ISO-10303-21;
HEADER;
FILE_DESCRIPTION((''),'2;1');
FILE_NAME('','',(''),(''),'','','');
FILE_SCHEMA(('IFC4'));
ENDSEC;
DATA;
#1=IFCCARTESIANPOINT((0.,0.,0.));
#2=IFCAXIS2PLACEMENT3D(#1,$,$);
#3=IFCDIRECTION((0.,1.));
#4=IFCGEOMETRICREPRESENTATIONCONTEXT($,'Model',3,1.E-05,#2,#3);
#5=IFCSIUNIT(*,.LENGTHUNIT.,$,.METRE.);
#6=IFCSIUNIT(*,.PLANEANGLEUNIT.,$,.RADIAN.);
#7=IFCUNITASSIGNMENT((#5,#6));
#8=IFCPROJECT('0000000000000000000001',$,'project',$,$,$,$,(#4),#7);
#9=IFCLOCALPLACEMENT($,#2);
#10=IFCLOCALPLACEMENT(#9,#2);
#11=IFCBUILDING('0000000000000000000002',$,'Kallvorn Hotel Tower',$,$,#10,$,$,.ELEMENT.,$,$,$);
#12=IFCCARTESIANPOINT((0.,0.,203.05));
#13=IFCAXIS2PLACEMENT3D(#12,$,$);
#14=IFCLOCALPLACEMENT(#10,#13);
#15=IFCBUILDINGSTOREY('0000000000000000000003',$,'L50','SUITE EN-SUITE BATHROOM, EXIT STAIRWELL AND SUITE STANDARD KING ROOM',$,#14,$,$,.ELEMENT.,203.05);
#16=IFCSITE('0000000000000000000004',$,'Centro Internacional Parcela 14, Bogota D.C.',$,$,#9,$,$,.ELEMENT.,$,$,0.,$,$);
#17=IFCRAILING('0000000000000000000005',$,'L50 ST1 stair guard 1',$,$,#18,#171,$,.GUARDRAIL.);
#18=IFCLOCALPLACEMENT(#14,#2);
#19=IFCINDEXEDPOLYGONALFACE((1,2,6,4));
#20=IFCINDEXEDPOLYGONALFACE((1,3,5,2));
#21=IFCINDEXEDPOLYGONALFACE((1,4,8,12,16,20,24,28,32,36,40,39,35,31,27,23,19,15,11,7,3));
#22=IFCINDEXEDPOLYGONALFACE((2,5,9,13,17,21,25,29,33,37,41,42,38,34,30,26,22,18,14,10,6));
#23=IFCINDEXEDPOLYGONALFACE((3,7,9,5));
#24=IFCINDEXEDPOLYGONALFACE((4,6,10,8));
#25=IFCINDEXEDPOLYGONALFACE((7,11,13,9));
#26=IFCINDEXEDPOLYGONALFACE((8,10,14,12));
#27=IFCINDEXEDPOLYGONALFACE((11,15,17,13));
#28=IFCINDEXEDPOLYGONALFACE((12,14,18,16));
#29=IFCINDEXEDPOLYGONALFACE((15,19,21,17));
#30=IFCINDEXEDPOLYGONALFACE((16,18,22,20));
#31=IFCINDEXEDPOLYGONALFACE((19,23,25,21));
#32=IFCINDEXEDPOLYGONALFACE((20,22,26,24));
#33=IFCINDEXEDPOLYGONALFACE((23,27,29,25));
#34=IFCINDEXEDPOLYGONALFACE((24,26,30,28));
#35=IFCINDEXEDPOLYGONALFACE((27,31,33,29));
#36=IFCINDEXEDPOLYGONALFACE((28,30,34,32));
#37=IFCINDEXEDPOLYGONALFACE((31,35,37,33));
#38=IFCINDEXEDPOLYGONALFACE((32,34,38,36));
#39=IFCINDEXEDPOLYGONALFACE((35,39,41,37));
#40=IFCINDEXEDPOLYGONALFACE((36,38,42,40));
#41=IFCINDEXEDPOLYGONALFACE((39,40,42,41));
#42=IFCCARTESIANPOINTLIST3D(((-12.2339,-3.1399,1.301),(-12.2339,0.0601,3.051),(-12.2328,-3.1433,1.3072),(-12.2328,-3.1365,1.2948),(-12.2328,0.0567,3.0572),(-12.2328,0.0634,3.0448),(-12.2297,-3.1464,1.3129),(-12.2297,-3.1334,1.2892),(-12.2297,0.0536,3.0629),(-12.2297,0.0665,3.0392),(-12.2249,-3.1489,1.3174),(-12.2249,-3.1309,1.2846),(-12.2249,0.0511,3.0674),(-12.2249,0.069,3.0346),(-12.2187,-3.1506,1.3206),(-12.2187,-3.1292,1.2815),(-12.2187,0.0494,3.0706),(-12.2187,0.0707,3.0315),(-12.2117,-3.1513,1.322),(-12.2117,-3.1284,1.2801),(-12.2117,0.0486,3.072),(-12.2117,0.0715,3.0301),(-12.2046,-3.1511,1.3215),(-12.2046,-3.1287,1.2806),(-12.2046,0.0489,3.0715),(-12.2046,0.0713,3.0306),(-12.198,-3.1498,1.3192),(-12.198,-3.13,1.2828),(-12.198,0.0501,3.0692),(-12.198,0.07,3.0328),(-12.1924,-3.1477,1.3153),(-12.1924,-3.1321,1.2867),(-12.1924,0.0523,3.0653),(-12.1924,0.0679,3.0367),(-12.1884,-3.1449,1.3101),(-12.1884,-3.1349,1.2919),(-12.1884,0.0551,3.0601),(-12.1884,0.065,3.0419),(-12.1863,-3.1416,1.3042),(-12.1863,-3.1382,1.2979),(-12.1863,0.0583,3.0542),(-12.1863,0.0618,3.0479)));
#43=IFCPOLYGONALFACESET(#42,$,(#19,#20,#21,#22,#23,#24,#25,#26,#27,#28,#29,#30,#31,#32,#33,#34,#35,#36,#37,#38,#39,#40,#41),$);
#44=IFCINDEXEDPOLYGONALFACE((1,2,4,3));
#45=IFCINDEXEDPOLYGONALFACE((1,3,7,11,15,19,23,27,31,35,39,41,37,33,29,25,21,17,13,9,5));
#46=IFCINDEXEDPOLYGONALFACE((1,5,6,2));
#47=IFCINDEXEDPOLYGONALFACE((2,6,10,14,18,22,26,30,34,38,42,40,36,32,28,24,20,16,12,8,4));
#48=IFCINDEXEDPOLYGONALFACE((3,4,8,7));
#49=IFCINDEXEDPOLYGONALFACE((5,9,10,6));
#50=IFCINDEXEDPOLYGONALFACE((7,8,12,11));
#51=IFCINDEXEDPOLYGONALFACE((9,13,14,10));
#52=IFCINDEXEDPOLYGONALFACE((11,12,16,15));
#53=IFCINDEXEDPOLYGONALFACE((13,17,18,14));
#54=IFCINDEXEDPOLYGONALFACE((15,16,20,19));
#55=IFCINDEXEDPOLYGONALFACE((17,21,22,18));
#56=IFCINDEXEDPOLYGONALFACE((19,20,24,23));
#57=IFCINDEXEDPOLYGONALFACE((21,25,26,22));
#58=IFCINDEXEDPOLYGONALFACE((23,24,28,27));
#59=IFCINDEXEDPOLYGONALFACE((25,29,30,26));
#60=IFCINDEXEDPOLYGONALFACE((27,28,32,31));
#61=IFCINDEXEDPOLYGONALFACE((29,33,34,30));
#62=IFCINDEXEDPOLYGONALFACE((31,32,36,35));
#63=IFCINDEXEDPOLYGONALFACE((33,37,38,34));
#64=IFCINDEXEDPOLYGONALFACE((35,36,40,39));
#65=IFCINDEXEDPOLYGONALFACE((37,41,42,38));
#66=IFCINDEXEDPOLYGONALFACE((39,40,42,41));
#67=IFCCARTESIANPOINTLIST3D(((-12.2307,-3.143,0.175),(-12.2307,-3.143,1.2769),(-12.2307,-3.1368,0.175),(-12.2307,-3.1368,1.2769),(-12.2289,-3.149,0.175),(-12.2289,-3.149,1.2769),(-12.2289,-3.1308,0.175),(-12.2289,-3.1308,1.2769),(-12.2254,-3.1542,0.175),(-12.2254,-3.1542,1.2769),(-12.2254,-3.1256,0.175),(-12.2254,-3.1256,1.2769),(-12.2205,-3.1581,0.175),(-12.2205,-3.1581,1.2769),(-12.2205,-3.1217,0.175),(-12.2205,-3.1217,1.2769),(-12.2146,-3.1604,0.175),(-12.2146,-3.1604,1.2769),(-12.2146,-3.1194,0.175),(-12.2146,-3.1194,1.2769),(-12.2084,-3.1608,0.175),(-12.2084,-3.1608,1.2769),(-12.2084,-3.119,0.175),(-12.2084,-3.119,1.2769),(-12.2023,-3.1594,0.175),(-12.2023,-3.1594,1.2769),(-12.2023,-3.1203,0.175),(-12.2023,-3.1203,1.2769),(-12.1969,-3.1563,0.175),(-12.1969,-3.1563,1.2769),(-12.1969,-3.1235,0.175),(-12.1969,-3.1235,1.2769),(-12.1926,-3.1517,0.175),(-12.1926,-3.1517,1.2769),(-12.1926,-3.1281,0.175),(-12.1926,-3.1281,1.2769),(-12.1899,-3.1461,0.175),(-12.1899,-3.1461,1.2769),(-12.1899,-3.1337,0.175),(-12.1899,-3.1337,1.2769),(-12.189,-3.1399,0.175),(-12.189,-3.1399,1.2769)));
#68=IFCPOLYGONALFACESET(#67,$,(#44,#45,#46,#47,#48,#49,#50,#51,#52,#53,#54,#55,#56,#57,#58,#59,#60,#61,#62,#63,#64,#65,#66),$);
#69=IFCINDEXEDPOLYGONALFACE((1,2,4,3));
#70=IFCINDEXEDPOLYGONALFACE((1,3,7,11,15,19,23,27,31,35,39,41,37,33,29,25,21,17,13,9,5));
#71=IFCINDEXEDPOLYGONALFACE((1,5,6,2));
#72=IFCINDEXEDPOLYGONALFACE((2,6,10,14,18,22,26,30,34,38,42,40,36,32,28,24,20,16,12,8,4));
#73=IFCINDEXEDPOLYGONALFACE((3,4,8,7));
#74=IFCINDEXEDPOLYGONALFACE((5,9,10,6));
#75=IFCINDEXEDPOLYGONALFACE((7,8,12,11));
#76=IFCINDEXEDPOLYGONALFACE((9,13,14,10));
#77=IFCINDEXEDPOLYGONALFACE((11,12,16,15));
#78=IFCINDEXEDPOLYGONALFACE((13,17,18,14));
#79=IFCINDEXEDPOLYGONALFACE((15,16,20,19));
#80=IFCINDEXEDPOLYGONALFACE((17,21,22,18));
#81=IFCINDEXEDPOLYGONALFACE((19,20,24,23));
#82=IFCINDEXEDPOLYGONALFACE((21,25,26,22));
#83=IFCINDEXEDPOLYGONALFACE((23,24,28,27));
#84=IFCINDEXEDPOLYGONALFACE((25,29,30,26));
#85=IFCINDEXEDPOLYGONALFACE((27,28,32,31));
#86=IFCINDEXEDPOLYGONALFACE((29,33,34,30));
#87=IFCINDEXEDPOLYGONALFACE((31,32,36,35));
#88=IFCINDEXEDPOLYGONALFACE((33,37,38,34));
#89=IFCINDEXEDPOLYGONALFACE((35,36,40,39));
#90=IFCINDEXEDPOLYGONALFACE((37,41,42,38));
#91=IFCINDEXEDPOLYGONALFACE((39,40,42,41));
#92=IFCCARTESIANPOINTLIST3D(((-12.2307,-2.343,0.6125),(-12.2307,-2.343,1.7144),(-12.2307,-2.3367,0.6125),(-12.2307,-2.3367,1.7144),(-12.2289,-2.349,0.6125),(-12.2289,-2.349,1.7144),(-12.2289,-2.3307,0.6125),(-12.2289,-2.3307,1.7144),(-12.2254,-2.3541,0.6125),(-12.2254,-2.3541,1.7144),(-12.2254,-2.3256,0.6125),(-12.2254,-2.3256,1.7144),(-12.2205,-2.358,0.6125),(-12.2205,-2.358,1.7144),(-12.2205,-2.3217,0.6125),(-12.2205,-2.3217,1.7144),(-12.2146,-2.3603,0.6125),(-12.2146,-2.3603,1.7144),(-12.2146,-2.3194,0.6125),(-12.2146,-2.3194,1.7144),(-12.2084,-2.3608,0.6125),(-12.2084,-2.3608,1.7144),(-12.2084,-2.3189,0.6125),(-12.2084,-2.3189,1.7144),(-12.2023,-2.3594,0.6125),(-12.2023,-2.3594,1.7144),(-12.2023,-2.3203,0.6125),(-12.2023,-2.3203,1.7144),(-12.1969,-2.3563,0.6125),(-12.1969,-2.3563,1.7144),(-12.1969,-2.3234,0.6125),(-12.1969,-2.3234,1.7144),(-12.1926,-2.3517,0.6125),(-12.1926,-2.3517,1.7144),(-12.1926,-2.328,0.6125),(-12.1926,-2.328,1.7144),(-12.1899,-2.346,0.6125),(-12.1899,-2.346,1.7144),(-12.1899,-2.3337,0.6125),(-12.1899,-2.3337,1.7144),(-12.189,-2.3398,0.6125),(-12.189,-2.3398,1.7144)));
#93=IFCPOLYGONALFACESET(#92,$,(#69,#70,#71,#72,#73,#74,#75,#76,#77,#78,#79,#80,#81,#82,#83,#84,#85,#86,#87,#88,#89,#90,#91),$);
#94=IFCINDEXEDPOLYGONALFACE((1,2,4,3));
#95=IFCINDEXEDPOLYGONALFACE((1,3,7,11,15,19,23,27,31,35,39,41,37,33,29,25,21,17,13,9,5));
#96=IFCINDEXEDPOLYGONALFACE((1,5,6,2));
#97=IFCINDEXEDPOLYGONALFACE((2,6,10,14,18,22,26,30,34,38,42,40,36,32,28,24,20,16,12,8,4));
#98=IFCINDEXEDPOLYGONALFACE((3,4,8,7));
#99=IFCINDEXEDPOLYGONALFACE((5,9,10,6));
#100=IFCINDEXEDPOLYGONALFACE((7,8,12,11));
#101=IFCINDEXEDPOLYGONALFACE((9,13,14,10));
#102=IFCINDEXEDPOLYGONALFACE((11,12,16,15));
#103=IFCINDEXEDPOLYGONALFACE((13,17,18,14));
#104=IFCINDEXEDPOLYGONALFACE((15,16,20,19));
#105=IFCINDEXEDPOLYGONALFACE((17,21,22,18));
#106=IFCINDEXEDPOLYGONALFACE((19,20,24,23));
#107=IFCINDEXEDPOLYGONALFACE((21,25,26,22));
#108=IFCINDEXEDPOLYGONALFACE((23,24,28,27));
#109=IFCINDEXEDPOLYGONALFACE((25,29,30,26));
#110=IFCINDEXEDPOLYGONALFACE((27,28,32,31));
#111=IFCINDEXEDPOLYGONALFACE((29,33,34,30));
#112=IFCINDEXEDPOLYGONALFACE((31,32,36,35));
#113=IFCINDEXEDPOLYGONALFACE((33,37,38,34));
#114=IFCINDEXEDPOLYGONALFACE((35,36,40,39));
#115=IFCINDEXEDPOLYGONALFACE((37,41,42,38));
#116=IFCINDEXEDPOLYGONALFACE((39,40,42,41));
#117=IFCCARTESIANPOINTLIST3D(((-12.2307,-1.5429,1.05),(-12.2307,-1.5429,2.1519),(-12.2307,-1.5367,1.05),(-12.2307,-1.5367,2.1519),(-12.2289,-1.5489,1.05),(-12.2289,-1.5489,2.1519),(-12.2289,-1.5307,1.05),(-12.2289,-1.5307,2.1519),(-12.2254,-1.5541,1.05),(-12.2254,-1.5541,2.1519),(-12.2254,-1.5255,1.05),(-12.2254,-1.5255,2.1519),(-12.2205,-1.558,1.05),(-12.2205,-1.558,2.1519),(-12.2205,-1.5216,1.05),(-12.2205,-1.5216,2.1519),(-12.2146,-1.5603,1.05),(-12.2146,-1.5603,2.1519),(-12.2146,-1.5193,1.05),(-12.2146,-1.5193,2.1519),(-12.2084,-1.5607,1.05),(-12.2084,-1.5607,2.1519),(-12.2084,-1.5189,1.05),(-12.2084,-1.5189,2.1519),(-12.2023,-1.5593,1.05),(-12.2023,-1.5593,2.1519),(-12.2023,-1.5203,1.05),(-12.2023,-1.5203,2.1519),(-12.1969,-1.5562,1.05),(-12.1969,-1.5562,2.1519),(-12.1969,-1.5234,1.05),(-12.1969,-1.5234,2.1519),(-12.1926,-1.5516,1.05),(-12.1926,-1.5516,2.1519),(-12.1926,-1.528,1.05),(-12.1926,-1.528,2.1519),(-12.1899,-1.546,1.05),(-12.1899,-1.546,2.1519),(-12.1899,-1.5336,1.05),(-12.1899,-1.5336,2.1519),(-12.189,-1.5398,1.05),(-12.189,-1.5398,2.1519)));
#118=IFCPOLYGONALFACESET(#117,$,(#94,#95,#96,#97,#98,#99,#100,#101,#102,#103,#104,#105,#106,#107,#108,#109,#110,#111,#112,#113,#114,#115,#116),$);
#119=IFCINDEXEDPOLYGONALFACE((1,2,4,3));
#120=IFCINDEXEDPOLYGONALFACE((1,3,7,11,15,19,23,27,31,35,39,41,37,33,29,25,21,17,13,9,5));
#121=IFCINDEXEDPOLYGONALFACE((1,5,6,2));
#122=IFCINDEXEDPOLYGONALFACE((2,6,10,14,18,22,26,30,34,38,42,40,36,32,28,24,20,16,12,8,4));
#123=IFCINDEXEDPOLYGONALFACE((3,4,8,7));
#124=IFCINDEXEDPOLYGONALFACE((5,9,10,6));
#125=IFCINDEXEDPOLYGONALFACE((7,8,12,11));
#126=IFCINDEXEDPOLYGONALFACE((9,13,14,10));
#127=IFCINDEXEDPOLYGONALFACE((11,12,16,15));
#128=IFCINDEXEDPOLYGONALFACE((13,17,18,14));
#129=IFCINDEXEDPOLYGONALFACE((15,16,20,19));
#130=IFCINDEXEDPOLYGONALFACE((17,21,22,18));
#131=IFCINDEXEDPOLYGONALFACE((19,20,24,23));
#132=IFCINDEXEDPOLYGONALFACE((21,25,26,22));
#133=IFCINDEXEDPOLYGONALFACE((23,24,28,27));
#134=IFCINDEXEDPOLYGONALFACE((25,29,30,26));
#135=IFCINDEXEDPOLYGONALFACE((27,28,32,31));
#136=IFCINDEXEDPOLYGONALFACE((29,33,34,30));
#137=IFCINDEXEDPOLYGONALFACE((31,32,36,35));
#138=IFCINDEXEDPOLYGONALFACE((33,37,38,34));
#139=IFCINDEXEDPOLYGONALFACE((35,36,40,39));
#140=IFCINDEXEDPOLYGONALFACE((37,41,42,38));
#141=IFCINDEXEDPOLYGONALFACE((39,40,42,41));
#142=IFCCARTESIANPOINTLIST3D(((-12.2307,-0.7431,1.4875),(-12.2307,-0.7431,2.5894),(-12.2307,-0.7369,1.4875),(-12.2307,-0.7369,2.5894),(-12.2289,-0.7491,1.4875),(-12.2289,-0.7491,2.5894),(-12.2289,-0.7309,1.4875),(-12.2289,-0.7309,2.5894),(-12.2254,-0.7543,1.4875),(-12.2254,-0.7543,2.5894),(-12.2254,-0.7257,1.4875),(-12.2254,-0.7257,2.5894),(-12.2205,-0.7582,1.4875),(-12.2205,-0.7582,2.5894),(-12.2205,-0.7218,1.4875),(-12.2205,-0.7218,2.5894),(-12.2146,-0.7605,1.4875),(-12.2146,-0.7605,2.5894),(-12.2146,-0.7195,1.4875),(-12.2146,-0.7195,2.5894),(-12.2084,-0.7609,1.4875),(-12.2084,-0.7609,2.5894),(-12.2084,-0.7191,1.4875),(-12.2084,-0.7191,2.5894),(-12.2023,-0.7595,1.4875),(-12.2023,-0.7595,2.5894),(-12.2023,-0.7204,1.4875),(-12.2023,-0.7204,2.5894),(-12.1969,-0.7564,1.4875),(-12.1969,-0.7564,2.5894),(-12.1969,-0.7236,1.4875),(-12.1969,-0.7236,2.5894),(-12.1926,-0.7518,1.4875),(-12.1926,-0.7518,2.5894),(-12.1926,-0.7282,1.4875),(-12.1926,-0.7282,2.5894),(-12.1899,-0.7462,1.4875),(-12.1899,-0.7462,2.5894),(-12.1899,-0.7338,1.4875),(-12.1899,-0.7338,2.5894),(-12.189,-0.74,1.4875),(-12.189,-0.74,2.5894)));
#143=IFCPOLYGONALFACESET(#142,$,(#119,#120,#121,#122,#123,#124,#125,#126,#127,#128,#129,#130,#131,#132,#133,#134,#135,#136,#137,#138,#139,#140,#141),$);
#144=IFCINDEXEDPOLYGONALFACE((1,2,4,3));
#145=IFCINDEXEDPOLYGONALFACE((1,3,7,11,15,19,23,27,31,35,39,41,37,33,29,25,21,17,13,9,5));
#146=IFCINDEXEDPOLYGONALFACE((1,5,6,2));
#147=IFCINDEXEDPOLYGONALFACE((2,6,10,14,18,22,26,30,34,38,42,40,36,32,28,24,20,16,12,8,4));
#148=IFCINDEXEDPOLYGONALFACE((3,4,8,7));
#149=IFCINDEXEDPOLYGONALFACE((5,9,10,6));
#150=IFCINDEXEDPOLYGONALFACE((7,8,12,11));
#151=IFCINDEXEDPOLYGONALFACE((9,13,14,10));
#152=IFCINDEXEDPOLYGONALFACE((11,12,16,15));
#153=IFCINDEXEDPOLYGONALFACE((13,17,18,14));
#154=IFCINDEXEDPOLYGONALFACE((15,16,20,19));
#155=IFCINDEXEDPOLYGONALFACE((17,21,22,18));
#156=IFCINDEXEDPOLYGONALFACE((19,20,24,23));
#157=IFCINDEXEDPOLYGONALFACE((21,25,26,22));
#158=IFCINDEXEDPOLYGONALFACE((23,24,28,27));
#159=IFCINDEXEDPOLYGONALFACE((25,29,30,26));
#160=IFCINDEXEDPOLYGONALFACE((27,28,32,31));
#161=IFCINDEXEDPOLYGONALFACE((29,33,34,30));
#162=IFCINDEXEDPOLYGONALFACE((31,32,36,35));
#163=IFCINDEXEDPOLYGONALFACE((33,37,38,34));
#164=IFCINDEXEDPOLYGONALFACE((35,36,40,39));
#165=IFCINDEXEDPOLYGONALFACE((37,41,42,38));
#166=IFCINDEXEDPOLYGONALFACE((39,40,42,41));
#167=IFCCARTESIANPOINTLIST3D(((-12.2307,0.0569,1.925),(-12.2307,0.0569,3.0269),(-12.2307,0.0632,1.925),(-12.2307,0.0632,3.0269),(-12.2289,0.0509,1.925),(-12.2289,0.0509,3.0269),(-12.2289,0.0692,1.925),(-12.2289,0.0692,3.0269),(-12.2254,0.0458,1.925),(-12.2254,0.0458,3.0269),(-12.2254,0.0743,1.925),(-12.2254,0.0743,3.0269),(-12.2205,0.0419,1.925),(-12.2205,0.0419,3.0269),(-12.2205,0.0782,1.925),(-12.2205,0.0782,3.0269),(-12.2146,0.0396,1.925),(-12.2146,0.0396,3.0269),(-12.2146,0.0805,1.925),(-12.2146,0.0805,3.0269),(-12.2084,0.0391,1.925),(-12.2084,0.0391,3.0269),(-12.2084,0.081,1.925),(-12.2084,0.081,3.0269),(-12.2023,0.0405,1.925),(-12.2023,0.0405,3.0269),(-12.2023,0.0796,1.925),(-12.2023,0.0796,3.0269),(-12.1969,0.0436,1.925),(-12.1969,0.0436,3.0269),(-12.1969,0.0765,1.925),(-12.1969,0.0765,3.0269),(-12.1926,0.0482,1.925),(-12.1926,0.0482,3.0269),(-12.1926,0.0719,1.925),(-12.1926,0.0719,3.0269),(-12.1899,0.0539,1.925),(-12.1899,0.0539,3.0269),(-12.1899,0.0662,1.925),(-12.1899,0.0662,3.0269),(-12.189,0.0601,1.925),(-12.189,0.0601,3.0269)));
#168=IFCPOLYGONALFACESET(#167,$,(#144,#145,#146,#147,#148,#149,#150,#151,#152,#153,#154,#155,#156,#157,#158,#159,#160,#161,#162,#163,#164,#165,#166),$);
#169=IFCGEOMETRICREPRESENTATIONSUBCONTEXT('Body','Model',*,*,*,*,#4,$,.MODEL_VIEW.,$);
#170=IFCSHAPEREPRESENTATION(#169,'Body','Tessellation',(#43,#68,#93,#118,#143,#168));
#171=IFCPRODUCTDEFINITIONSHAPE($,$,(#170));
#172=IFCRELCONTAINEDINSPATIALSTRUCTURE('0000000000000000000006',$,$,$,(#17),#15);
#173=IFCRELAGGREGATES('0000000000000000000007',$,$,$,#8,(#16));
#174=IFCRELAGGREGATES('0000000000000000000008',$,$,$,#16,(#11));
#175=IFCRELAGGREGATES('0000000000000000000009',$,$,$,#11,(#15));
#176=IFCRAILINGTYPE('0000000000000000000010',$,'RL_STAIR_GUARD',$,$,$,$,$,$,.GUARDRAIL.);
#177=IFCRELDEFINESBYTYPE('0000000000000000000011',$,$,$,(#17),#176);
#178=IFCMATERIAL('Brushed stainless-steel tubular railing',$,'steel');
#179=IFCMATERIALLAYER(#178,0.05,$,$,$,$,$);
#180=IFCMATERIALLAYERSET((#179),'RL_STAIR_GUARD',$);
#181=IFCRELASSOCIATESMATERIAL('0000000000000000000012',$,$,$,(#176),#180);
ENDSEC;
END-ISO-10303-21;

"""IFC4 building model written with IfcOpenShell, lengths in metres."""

from ifc_helpers import new_model, si_unit, direction, frame, origin, origin_2d, place, context, subcontext, project, spatial, circle, extrude, material, layer, layer_set, type_object, element, save


model = new_model("IFC4")

# Units and contexts
model_context = context("Model", 3, precision=1e-05, world=origin(), true_north=direction((0.0, 1.0)))
body_context = subcontext(model_context, "Body", "Model", "MODEL_VIEW")
ifc_project = project(units=[si_unit("LENGTHUNIT", "METRE"), si_unit("PLANEANGLEUNIT", "RADIAN")], contexts=[model_context])

# Site, building, storey
site_placement = place(None, origin())
site = spatial("IfcSite", under=ifc_project, at=site_placement, Name="Centro Internacional Parcela 14, Bogota D.C.", CompositionType="ELEMENT", RefElevation=0.0)
building_placement = place(site_placement, origin())
building = spatial("IfcBuilding", under=site, at=building_placement, Name="Kallvorn Hotel Tower", CompositionType="ELEMENT")
storey_placement = place(building_placement, frame((0.0, 0.0, 203.05)))
storey = spatial("IfcBuildingStorey", under=building, at=storey_placement, Name="L50", Description="SUITE EN-SUITE BATHROOM, EXIT STAIRWELL AND SUITE STANDARD KING ROOM", CompositionType="ELEMENT", Elevation=203.05)

# Railing
ifc_material_1 = material(Name="Brushed stainless-steel tubular railing", Category="steel")
ifc_layer_1 = layer(ifc_material_1, 0.05)
ifc_layer_set_1 = layer_set([ifc_layer_1], Name="RL_STAIR_GUARD")
railing_type_1 = type_object("IfcRailingType", Name="RL_STAIR_GUARD", PredefinedType="GUARDRAIL", material=ifc_layer_set_1)
railing_1_placement = place(storey_placement, frame((-12.21, -3.1399, 0.175)))
element("IfcRailing", 1, at=railing_1_placement, inside=storey, type_object=railing_type_1, Name="L50 ST1 stair guard 1", PredefinedType="GUARDRAIL", context=body_context, shape_type="SweptSolid", body=[
    extrude(circle(Radius=0.0239, at=origin_2d()), frame((0.0, 0.0, 1.126), z_axis=(0.0, 0.877368, 0.479818), x_axis=(-1.0, 0.0, 0.0)), (0.0, 0.0, 1.0), 3.6472),
    extrude(circle(Radius=0.021, at=origin_2d()), origin(), (0.0, 0.0, 1.0), 1.1018),
    extrude(circle(Radius=0.021, at=origin_2d()), frame((0.0, 0.8, 0.4375)), (0.0, 0.0, 1.0), 1.1018),
    extrude(circle(Radius=0.021, at=origin_2d()), frame((0.0, 1.6001, 0.875)), (0.0, 0.0, 1.0), 1.1018),
    extrude(circle(Radius=0.021, at=origin_2d()), frame((0.0, 2.3999, 1.3125)), (0.0, 0.0, 1.0), 1.1018),
    extrude(circle(Radius=0.021, at=origin_2d()), frame((0.0, 3.2, 1.75)), (0.0, 0.0, 1.0), 1.1018),
])

save(model, "model.ifc")
